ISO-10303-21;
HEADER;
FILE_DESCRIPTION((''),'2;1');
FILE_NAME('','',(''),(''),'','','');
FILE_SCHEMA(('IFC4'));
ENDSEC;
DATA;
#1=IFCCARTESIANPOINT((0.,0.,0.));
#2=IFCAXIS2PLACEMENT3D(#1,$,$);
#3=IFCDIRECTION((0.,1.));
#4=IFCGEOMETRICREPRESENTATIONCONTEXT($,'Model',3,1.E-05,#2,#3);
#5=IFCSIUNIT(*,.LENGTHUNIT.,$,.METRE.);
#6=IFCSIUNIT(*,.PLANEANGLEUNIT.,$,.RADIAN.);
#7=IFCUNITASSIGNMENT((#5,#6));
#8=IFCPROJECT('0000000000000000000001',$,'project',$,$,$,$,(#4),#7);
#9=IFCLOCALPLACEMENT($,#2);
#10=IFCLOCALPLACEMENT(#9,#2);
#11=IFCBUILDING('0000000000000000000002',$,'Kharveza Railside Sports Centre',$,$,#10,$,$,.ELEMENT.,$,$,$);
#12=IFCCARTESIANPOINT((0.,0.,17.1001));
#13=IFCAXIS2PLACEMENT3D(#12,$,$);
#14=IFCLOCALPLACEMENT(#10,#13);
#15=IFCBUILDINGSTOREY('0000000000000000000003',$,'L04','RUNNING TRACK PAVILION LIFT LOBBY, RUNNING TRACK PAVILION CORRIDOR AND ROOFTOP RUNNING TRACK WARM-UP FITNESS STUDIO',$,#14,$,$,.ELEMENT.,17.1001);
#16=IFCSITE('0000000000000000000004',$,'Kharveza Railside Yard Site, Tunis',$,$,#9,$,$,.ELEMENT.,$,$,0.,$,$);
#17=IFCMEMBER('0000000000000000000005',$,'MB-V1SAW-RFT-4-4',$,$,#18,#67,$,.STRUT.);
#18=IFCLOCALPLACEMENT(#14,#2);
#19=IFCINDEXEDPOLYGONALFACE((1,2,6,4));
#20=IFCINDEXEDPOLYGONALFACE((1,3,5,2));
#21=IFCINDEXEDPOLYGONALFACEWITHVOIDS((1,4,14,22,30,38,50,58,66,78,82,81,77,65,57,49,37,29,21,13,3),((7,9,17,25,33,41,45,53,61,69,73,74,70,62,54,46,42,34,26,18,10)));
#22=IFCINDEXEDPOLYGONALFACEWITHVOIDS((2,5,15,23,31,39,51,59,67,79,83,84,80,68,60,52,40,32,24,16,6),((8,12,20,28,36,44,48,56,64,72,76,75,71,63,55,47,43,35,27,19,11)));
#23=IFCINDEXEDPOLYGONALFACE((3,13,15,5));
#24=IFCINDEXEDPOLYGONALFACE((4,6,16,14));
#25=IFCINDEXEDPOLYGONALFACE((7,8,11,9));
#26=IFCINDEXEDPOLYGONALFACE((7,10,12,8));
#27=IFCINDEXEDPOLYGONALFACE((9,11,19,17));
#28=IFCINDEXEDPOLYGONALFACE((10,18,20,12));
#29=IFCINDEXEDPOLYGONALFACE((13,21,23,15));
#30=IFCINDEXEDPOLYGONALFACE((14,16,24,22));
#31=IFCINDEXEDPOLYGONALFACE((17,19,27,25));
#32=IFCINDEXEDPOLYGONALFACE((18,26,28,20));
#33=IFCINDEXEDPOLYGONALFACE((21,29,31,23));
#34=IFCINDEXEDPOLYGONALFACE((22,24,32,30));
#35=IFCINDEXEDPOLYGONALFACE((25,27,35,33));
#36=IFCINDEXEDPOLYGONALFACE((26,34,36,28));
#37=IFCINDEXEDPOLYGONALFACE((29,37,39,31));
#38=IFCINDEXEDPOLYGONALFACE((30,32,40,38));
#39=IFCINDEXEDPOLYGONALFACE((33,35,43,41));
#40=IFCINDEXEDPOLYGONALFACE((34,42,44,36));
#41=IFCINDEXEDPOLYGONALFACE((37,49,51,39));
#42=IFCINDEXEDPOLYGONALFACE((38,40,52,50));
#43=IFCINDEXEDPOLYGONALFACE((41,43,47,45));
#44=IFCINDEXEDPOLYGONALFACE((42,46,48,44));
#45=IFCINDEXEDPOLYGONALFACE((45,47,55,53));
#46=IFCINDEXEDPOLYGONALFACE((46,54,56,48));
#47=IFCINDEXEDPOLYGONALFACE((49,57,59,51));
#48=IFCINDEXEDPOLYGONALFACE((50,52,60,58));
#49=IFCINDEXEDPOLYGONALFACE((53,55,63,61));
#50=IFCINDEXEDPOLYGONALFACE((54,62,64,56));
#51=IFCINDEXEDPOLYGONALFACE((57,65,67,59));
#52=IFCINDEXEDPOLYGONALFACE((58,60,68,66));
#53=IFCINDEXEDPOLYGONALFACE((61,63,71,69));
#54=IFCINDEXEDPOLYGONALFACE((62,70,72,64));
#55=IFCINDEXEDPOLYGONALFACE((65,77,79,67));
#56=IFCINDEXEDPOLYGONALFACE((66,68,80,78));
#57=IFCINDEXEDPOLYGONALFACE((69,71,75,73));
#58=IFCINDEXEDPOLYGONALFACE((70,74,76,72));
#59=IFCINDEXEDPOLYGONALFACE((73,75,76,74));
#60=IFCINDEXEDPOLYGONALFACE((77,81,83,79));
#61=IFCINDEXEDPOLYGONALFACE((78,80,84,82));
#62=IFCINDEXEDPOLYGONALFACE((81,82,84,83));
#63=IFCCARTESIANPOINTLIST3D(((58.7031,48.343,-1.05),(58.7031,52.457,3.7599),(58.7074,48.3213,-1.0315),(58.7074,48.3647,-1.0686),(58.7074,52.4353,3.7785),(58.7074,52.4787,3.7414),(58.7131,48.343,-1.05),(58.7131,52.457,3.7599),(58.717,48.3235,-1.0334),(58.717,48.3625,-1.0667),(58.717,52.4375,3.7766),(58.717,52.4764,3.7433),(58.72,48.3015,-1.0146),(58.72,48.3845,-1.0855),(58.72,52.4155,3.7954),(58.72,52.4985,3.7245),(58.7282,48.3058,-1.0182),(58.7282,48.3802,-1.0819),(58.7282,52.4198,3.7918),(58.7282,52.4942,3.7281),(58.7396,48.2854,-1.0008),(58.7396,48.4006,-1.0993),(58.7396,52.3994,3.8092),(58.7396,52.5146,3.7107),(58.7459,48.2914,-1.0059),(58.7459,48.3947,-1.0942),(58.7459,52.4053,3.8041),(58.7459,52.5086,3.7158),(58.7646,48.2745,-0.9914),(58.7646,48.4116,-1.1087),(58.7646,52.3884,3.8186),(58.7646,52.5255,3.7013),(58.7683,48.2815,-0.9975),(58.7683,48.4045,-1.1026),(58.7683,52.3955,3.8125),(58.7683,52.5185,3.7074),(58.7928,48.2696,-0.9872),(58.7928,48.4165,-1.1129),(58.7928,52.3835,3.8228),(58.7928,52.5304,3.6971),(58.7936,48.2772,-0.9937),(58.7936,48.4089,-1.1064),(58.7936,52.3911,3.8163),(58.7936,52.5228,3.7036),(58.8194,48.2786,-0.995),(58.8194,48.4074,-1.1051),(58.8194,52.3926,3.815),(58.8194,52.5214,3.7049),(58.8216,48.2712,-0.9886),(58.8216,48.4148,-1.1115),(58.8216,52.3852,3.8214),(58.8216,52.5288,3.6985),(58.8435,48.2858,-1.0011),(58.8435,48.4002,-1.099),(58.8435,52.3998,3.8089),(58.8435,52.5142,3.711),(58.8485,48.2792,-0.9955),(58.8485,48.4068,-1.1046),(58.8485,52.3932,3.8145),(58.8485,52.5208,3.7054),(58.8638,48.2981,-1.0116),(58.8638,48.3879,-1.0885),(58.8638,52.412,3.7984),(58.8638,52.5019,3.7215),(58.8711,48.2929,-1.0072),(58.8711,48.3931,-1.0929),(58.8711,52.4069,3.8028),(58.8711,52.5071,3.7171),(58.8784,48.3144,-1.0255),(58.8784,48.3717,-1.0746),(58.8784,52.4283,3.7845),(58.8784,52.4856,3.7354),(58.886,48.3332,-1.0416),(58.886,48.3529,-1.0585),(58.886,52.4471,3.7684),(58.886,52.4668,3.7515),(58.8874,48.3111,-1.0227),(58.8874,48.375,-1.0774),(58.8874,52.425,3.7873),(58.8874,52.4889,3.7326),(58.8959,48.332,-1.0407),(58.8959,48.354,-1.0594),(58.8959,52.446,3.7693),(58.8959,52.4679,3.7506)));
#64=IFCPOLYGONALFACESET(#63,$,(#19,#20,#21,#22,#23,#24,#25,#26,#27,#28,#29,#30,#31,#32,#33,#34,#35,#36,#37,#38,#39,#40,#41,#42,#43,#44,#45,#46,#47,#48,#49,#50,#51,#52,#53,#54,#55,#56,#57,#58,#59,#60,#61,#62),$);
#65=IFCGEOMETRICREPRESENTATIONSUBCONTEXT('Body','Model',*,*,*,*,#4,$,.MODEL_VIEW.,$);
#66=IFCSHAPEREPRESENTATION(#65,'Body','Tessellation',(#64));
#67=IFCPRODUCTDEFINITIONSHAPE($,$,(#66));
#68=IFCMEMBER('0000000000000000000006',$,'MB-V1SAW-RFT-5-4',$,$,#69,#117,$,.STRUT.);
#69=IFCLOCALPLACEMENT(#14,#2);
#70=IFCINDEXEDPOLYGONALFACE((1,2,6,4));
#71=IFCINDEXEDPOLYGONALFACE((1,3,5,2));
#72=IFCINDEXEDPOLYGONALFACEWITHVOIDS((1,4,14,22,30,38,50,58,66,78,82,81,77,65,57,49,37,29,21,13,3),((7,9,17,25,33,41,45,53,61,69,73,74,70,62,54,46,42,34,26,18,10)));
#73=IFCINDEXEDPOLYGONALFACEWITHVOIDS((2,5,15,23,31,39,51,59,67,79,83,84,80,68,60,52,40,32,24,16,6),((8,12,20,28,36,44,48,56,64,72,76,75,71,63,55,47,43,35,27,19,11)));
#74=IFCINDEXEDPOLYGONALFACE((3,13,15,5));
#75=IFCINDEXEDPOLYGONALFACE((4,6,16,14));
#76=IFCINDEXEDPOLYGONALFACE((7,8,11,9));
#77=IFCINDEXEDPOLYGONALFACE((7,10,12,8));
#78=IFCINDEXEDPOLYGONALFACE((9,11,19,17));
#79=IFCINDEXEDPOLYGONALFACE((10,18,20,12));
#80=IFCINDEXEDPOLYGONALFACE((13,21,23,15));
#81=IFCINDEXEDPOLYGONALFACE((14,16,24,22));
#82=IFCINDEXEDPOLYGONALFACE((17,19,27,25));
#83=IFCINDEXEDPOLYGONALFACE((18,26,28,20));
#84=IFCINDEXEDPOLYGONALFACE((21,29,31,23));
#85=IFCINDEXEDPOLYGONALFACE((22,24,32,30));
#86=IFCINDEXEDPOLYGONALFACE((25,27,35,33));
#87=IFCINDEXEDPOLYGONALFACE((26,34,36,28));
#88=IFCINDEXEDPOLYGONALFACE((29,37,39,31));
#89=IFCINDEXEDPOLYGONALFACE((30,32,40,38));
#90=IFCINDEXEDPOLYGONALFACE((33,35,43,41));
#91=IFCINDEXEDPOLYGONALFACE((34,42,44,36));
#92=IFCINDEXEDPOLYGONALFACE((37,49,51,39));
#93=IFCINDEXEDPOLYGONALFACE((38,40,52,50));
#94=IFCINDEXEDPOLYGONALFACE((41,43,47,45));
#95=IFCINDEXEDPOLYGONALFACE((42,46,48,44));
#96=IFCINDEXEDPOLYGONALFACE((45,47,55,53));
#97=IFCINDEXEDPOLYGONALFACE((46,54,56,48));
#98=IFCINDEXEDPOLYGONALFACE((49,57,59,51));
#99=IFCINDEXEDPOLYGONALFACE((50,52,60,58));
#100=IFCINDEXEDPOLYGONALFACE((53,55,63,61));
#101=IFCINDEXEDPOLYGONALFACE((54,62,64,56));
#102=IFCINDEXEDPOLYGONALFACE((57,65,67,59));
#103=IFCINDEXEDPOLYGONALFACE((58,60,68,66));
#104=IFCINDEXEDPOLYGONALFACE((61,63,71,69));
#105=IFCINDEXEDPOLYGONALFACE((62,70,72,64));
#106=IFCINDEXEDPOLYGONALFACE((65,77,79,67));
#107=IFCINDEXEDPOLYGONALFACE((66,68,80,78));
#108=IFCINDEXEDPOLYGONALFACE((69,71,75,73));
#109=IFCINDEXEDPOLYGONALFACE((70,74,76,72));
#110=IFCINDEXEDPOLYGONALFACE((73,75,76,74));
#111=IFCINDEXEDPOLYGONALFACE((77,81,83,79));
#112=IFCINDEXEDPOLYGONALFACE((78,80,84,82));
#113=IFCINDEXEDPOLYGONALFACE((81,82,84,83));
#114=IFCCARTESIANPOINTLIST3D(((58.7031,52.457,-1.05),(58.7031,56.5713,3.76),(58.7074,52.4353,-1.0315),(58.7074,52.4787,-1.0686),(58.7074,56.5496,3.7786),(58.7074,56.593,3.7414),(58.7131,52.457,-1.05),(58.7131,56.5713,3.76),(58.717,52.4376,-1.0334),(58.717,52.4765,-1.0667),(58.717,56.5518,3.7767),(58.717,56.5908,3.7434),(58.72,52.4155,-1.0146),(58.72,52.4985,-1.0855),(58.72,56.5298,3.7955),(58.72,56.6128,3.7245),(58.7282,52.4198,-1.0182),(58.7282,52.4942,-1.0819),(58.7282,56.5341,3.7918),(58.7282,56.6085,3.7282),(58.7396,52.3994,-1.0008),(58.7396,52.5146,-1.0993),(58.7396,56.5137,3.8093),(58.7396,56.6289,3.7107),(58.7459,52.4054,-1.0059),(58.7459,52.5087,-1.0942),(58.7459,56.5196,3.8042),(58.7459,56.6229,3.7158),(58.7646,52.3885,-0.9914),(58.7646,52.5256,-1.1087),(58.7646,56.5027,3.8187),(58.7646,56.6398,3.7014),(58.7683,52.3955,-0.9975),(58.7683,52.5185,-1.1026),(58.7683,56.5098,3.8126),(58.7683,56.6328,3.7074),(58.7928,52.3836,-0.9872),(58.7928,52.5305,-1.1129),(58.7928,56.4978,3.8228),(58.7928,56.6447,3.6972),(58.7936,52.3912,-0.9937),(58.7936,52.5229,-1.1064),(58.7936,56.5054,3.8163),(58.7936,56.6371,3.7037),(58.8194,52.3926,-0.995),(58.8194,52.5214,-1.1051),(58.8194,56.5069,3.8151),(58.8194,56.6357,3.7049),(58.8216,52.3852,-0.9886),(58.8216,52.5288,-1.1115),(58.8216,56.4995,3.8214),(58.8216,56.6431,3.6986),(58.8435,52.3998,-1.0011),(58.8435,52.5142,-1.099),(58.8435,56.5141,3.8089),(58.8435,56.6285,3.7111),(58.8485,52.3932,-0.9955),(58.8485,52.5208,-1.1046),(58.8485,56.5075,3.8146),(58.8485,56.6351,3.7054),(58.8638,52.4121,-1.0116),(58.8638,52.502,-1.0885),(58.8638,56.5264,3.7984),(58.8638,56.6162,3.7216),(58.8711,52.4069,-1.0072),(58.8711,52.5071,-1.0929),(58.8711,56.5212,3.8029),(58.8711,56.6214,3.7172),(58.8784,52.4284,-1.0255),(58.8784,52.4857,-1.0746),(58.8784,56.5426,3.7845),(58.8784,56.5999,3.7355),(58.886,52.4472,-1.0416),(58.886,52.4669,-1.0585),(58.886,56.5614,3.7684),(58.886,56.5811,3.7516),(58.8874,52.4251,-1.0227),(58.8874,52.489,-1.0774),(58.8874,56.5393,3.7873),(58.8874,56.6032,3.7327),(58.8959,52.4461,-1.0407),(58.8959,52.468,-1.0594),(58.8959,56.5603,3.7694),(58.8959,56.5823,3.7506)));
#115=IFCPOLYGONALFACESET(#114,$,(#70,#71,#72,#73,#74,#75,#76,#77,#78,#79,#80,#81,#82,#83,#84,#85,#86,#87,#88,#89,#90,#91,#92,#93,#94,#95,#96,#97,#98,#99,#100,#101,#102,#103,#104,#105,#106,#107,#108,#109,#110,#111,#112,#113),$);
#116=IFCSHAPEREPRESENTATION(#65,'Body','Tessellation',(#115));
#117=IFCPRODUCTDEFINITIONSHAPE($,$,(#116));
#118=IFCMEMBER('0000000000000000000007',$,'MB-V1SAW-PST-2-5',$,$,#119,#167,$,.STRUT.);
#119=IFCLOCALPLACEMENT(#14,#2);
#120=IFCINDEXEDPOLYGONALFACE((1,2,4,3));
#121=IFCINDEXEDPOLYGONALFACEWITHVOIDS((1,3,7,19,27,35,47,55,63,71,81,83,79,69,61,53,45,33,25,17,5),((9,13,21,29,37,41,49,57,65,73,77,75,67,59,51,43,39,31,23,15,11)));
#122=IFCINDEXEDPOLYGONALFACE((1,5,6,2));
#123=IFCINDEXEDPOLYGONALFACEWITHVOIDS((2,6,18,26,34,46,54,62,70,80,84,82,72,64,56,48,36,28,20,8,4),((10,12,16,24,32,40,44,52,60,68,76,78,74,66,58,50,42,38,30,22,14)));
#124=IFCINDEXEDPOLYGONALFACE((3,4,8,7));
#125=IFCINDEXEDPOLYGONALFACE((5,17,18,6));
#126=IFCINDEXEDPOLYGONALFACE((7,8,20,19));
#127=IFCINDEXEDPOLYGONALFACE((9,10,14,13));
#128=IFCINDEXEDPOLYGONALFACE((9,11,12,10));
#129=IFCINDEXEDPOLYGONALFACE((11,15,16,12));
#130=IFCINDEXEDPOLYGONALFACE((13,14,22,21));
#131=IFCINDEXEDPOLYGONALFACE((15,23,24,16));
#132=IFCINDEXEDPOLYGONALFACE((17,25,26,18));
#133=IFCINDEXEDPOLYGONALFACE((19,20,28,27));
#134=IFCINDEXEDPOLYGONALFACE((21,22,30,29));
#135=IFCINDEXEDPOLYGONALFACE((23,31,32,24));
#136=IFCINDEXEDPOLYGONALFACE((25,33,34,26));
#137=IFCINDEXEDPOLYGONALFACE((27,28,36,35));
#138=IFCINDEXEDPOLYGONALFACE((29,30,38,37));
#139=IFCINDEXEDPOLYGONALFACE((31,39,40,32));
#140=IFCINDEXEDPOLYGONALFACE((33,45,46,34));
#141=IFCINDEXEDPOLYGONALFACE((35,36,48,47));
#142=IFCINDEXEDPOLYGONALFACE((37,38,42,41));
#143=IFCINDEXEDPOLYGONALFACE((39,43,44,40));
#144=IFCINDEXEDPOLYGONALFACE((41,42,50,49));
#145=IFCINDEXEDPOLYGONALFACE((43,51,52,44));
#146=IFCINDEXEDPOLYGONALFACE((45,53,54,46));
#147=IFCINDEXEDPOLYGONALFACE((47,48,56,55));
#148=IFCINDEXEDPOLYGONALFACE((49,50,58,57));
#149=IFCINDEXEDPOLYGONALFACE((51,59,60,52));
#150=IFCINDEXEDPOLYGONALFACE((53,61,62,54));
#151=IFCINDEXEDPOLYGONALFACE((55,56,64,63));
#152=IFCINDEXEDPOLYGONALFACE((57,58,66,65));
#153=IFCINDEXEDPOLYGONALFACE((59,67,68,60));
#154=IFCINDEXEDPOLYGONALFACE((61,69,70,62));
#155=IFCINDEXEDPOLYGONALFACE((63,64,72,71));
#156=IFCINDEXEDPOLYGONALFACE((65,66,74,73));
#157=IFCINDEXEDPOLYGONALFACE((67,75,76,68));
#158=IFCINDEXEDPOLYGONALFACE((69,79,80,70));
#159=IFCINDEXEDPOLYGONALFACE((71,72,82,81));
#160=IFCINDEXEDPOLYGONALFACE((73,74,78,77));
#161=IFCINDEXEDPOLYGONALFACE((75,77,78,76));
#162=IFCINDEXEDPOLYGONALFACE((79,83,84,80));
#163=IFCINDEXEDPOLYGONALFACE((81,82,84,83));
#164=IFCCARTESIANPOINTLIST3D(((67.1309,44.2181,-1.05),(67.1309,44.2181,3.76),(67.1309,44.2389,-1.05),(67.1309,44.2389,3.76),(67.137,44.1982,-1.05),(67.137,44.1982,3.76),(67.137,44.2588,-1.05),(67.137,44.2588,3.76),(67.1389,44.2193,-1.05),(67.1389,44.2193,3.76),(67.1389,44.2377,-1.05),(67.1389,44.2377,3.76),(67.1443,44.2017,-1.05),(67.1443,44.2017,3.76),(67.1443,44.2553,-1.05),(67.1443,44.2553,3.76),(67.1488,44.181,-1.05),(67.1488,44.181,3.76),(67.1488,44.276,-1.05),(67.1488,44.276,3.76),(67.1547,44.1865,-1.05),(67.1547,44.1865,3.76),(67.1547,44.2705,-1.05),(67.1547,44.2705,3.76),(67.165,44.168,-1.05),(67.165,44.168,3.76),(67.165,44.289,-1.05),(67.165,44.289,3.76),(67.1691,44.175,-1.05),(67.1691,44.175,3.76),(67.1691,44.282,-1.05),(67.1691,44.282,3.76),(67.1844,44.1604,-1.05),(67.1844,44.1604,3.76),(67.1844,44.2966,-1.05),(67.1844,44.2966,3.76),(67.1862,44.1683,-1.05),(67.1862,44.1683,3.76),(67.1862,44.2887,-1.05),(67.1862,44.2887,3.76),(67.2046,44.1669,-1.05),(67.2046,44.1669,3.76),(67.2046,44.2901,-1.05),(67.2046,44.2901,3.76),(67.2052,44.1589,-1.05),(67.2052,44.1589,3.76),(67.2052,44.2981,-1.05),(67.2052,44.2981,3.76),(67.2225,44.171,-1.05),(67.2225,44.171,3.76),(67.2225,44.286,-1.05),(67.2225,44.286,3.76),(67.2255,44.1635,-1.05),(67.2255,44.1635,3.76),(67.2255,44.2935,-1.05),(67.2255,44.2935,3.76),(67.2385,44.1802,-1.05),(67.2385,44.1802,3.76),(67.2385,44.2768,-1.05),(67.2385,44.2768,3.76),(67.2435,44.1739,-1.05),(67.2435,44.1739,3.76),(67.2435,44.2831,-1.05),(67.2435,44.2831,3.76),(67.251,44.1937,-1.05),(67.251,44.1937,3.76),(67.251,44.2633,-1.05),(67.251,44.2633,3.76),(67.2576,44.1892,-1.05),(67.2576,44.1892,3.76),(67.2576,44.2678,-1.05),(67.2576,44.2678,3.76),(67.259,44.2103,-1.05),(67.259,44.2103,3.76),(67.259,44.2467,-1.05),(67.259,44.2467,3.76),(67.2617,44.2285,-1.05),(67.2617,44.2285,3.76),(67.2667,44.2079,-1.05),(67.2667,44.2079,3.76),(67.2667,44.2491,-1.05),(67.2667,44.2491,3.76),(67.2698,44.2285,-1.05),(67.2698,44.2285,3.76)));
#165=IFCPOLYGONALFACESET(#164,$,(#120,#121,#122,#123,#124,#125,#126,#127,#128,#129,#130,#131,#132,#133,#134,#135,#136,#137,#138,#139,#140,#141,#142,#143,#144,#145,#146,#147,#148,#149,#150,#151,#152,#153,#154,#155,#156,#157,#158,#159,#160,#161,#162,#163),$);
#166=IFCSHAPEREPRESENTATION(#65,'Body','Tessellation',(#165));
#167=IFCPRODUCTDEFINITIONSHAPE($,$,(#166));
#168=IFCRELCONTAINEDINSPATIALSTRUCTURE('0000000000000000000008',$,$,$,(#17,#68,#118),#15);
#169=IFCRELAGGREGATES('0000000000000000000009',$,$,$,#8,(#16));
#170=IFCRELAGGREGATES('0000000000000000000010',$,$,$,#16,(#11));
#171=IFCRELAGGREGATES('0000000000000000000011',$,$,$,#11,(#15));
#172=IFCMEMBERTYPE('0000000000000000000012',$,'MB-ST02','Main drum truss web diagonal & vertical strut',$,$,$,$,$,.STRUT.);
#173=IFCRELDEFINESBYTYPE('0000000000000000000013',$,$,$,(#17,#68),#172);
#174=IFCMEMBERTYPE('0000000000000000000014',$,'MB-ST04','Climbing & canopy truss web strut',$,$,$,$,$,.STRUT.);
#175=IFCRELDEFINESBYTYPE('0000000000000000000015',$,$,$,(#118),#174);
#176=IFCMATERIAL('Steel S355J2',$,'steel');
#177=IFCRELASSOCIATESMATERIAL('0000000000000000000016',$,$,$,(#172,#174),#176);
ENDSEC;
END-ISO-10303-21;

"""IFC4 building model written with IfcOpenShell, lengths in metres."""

from ifc_helpers import new_model, si_unit, direction, frame, origin, origin_2d, place, context, subcontext, project, spatial, hollow_circle, extrude, material, material_profile, profile_set, type_object, element, save


model = new_model("IFC4")

# Units and contexts
model_context = context("Model", 3, precision=1e-05, world=origin(), true_north=direction((0.0, 1.0)))
body_context = subcontext(model_context, "Body", "Model", "MODEL_VIEW")
ifc_project = project(units=[si_unit("LENGTHUNIT", "METRE"), si_unit("PLANEANGLEUNIT", "RADIAN")], contexts=[model_context])

# Site, building, storey
site_placement = place(None, origin())
site = spatial("IfcSite", under=ifc_project, at=site_placement, Name="Kharveza Railside Yard Site, Tunis", CompositionType="ELEMENT", RefElevation=0.0)
building_placement = place(site_placement, origin())
building = spatial("IfcBuilding", under=site, at=building_placement, Name="Kharveza Railside Sports Centre", CompositionType="ELEMENT")
storey_placement = place(building_placement, frame((0.0, 0.0, 17.1001)))
storey = spatial("IfcBuildingStorey", under=building, at=storey_placement, Name="L04", Description="RUNNING TRACK PAVILION LIFT LOBBY, RUNNING TRACK PAVILION CORRIDOR AND ROOFTOP RUNNING TRACK WARM-UP FITNESS STUDIO", CompositionType="ELEMENT", Elevation=17.1001)

# Members
ifc_material_1 = material(Name="Steel S355J2", Category="steel")
ifc_material_profile_1 = material_profile(ifc_material_1, hollow_circle(Radius=0.0969, WallThickness=0.01, at=origin_2d()), Name="CHS 193.7x10.0")
ifc_profile_set_1 = profile_set([ifc_material_profile_1], Name="Steel S355J2")
member_type_1 = type_object("IfcMemberType", Name="MB-ST02", Description="Main drum truss web diagonal & vertical strut", PredefinedType="STRUT", material=ifc_profile_set_1)
member_1_placement = place(storey_placement, frame((58.8, 48.343, -1.05), z_axis=(0.0, 0.649981, 0.75995), x_axis=(-1.0, 0.0, 0.0)))
element("IfcMember", 1, at=member_1_placement, inside=storey, type_object=member_type_1, Name="MB-V1SAW-RFT-4-4", PredefinedType="STRUT", context=body_context, shape_type="SweptSolid", body=[
    extrude(hollow_circle(Radius=0.0969, WallThickness=0.01, at=origin_2d()), origin(), (0.0, 0.0, 1.0), 6.3293),
])
member_2_placement = place(storey_placement, frame((58.8, 52.457, -1.05), z_axis=(0.0, 0.650003, 0.759931), x_axis=(-1.0, 0.0, 0.0)))
element("IfcMember", 2, at=member_2_placement, inside=storey, type_object=member_type_1, Name="MB-V1SAW-RFT-5-4", PredefinedType="STRUT", context=body_context, shape_type="SweptSolid", body=[
    extrude(hollow_circle(Radius=0.0969, WallThickness=0.01, at=origin_2d()), origin(), (0.0, 0.0, 1.0), 6.3296),
])
ifc_material_profile_2 = material_profile(ifc_material_1, hollow_circle(Radius=0.0698, WallThickness=0.0081, at=origin_2d()), Name="CHS 139.7x8.0")
ifc_profile_set_2 = profile_set([ifc_material_profile_2], Name="Steel S355J2")
member_type_2 = type_object("IfcMemberType", Name="MB-ST04", Description="Climbing & canopy truss web strut", PredefinedType="STRUT", material=ifc_profile_set_2)
for number, where, z_axis, x_axis, name in (
    (3, (67.2, 44.2285, -1.05), (0.0, 0.0, 1.0), (1.0, 0.0, 0.0), "MB-V1SAW-PST-2-5"),
):
    element("IfcMember", number, at=place(storey_placement, frame(where, z_axis=z_axis, x_axis=x_axis)), inside=storey, type_object=member_type_2, Name=name, PredefinedType="STRUT", context=body_context, shape_type="SweptSolid", body=[
        extrude(hollow_circle(Radius=0.0698, WallThickness=0.0081, at=origin_2d()), origin(), (0.0, 0.0, 1.0), 4.8101),
    ])

save(model, "model.ifc")
